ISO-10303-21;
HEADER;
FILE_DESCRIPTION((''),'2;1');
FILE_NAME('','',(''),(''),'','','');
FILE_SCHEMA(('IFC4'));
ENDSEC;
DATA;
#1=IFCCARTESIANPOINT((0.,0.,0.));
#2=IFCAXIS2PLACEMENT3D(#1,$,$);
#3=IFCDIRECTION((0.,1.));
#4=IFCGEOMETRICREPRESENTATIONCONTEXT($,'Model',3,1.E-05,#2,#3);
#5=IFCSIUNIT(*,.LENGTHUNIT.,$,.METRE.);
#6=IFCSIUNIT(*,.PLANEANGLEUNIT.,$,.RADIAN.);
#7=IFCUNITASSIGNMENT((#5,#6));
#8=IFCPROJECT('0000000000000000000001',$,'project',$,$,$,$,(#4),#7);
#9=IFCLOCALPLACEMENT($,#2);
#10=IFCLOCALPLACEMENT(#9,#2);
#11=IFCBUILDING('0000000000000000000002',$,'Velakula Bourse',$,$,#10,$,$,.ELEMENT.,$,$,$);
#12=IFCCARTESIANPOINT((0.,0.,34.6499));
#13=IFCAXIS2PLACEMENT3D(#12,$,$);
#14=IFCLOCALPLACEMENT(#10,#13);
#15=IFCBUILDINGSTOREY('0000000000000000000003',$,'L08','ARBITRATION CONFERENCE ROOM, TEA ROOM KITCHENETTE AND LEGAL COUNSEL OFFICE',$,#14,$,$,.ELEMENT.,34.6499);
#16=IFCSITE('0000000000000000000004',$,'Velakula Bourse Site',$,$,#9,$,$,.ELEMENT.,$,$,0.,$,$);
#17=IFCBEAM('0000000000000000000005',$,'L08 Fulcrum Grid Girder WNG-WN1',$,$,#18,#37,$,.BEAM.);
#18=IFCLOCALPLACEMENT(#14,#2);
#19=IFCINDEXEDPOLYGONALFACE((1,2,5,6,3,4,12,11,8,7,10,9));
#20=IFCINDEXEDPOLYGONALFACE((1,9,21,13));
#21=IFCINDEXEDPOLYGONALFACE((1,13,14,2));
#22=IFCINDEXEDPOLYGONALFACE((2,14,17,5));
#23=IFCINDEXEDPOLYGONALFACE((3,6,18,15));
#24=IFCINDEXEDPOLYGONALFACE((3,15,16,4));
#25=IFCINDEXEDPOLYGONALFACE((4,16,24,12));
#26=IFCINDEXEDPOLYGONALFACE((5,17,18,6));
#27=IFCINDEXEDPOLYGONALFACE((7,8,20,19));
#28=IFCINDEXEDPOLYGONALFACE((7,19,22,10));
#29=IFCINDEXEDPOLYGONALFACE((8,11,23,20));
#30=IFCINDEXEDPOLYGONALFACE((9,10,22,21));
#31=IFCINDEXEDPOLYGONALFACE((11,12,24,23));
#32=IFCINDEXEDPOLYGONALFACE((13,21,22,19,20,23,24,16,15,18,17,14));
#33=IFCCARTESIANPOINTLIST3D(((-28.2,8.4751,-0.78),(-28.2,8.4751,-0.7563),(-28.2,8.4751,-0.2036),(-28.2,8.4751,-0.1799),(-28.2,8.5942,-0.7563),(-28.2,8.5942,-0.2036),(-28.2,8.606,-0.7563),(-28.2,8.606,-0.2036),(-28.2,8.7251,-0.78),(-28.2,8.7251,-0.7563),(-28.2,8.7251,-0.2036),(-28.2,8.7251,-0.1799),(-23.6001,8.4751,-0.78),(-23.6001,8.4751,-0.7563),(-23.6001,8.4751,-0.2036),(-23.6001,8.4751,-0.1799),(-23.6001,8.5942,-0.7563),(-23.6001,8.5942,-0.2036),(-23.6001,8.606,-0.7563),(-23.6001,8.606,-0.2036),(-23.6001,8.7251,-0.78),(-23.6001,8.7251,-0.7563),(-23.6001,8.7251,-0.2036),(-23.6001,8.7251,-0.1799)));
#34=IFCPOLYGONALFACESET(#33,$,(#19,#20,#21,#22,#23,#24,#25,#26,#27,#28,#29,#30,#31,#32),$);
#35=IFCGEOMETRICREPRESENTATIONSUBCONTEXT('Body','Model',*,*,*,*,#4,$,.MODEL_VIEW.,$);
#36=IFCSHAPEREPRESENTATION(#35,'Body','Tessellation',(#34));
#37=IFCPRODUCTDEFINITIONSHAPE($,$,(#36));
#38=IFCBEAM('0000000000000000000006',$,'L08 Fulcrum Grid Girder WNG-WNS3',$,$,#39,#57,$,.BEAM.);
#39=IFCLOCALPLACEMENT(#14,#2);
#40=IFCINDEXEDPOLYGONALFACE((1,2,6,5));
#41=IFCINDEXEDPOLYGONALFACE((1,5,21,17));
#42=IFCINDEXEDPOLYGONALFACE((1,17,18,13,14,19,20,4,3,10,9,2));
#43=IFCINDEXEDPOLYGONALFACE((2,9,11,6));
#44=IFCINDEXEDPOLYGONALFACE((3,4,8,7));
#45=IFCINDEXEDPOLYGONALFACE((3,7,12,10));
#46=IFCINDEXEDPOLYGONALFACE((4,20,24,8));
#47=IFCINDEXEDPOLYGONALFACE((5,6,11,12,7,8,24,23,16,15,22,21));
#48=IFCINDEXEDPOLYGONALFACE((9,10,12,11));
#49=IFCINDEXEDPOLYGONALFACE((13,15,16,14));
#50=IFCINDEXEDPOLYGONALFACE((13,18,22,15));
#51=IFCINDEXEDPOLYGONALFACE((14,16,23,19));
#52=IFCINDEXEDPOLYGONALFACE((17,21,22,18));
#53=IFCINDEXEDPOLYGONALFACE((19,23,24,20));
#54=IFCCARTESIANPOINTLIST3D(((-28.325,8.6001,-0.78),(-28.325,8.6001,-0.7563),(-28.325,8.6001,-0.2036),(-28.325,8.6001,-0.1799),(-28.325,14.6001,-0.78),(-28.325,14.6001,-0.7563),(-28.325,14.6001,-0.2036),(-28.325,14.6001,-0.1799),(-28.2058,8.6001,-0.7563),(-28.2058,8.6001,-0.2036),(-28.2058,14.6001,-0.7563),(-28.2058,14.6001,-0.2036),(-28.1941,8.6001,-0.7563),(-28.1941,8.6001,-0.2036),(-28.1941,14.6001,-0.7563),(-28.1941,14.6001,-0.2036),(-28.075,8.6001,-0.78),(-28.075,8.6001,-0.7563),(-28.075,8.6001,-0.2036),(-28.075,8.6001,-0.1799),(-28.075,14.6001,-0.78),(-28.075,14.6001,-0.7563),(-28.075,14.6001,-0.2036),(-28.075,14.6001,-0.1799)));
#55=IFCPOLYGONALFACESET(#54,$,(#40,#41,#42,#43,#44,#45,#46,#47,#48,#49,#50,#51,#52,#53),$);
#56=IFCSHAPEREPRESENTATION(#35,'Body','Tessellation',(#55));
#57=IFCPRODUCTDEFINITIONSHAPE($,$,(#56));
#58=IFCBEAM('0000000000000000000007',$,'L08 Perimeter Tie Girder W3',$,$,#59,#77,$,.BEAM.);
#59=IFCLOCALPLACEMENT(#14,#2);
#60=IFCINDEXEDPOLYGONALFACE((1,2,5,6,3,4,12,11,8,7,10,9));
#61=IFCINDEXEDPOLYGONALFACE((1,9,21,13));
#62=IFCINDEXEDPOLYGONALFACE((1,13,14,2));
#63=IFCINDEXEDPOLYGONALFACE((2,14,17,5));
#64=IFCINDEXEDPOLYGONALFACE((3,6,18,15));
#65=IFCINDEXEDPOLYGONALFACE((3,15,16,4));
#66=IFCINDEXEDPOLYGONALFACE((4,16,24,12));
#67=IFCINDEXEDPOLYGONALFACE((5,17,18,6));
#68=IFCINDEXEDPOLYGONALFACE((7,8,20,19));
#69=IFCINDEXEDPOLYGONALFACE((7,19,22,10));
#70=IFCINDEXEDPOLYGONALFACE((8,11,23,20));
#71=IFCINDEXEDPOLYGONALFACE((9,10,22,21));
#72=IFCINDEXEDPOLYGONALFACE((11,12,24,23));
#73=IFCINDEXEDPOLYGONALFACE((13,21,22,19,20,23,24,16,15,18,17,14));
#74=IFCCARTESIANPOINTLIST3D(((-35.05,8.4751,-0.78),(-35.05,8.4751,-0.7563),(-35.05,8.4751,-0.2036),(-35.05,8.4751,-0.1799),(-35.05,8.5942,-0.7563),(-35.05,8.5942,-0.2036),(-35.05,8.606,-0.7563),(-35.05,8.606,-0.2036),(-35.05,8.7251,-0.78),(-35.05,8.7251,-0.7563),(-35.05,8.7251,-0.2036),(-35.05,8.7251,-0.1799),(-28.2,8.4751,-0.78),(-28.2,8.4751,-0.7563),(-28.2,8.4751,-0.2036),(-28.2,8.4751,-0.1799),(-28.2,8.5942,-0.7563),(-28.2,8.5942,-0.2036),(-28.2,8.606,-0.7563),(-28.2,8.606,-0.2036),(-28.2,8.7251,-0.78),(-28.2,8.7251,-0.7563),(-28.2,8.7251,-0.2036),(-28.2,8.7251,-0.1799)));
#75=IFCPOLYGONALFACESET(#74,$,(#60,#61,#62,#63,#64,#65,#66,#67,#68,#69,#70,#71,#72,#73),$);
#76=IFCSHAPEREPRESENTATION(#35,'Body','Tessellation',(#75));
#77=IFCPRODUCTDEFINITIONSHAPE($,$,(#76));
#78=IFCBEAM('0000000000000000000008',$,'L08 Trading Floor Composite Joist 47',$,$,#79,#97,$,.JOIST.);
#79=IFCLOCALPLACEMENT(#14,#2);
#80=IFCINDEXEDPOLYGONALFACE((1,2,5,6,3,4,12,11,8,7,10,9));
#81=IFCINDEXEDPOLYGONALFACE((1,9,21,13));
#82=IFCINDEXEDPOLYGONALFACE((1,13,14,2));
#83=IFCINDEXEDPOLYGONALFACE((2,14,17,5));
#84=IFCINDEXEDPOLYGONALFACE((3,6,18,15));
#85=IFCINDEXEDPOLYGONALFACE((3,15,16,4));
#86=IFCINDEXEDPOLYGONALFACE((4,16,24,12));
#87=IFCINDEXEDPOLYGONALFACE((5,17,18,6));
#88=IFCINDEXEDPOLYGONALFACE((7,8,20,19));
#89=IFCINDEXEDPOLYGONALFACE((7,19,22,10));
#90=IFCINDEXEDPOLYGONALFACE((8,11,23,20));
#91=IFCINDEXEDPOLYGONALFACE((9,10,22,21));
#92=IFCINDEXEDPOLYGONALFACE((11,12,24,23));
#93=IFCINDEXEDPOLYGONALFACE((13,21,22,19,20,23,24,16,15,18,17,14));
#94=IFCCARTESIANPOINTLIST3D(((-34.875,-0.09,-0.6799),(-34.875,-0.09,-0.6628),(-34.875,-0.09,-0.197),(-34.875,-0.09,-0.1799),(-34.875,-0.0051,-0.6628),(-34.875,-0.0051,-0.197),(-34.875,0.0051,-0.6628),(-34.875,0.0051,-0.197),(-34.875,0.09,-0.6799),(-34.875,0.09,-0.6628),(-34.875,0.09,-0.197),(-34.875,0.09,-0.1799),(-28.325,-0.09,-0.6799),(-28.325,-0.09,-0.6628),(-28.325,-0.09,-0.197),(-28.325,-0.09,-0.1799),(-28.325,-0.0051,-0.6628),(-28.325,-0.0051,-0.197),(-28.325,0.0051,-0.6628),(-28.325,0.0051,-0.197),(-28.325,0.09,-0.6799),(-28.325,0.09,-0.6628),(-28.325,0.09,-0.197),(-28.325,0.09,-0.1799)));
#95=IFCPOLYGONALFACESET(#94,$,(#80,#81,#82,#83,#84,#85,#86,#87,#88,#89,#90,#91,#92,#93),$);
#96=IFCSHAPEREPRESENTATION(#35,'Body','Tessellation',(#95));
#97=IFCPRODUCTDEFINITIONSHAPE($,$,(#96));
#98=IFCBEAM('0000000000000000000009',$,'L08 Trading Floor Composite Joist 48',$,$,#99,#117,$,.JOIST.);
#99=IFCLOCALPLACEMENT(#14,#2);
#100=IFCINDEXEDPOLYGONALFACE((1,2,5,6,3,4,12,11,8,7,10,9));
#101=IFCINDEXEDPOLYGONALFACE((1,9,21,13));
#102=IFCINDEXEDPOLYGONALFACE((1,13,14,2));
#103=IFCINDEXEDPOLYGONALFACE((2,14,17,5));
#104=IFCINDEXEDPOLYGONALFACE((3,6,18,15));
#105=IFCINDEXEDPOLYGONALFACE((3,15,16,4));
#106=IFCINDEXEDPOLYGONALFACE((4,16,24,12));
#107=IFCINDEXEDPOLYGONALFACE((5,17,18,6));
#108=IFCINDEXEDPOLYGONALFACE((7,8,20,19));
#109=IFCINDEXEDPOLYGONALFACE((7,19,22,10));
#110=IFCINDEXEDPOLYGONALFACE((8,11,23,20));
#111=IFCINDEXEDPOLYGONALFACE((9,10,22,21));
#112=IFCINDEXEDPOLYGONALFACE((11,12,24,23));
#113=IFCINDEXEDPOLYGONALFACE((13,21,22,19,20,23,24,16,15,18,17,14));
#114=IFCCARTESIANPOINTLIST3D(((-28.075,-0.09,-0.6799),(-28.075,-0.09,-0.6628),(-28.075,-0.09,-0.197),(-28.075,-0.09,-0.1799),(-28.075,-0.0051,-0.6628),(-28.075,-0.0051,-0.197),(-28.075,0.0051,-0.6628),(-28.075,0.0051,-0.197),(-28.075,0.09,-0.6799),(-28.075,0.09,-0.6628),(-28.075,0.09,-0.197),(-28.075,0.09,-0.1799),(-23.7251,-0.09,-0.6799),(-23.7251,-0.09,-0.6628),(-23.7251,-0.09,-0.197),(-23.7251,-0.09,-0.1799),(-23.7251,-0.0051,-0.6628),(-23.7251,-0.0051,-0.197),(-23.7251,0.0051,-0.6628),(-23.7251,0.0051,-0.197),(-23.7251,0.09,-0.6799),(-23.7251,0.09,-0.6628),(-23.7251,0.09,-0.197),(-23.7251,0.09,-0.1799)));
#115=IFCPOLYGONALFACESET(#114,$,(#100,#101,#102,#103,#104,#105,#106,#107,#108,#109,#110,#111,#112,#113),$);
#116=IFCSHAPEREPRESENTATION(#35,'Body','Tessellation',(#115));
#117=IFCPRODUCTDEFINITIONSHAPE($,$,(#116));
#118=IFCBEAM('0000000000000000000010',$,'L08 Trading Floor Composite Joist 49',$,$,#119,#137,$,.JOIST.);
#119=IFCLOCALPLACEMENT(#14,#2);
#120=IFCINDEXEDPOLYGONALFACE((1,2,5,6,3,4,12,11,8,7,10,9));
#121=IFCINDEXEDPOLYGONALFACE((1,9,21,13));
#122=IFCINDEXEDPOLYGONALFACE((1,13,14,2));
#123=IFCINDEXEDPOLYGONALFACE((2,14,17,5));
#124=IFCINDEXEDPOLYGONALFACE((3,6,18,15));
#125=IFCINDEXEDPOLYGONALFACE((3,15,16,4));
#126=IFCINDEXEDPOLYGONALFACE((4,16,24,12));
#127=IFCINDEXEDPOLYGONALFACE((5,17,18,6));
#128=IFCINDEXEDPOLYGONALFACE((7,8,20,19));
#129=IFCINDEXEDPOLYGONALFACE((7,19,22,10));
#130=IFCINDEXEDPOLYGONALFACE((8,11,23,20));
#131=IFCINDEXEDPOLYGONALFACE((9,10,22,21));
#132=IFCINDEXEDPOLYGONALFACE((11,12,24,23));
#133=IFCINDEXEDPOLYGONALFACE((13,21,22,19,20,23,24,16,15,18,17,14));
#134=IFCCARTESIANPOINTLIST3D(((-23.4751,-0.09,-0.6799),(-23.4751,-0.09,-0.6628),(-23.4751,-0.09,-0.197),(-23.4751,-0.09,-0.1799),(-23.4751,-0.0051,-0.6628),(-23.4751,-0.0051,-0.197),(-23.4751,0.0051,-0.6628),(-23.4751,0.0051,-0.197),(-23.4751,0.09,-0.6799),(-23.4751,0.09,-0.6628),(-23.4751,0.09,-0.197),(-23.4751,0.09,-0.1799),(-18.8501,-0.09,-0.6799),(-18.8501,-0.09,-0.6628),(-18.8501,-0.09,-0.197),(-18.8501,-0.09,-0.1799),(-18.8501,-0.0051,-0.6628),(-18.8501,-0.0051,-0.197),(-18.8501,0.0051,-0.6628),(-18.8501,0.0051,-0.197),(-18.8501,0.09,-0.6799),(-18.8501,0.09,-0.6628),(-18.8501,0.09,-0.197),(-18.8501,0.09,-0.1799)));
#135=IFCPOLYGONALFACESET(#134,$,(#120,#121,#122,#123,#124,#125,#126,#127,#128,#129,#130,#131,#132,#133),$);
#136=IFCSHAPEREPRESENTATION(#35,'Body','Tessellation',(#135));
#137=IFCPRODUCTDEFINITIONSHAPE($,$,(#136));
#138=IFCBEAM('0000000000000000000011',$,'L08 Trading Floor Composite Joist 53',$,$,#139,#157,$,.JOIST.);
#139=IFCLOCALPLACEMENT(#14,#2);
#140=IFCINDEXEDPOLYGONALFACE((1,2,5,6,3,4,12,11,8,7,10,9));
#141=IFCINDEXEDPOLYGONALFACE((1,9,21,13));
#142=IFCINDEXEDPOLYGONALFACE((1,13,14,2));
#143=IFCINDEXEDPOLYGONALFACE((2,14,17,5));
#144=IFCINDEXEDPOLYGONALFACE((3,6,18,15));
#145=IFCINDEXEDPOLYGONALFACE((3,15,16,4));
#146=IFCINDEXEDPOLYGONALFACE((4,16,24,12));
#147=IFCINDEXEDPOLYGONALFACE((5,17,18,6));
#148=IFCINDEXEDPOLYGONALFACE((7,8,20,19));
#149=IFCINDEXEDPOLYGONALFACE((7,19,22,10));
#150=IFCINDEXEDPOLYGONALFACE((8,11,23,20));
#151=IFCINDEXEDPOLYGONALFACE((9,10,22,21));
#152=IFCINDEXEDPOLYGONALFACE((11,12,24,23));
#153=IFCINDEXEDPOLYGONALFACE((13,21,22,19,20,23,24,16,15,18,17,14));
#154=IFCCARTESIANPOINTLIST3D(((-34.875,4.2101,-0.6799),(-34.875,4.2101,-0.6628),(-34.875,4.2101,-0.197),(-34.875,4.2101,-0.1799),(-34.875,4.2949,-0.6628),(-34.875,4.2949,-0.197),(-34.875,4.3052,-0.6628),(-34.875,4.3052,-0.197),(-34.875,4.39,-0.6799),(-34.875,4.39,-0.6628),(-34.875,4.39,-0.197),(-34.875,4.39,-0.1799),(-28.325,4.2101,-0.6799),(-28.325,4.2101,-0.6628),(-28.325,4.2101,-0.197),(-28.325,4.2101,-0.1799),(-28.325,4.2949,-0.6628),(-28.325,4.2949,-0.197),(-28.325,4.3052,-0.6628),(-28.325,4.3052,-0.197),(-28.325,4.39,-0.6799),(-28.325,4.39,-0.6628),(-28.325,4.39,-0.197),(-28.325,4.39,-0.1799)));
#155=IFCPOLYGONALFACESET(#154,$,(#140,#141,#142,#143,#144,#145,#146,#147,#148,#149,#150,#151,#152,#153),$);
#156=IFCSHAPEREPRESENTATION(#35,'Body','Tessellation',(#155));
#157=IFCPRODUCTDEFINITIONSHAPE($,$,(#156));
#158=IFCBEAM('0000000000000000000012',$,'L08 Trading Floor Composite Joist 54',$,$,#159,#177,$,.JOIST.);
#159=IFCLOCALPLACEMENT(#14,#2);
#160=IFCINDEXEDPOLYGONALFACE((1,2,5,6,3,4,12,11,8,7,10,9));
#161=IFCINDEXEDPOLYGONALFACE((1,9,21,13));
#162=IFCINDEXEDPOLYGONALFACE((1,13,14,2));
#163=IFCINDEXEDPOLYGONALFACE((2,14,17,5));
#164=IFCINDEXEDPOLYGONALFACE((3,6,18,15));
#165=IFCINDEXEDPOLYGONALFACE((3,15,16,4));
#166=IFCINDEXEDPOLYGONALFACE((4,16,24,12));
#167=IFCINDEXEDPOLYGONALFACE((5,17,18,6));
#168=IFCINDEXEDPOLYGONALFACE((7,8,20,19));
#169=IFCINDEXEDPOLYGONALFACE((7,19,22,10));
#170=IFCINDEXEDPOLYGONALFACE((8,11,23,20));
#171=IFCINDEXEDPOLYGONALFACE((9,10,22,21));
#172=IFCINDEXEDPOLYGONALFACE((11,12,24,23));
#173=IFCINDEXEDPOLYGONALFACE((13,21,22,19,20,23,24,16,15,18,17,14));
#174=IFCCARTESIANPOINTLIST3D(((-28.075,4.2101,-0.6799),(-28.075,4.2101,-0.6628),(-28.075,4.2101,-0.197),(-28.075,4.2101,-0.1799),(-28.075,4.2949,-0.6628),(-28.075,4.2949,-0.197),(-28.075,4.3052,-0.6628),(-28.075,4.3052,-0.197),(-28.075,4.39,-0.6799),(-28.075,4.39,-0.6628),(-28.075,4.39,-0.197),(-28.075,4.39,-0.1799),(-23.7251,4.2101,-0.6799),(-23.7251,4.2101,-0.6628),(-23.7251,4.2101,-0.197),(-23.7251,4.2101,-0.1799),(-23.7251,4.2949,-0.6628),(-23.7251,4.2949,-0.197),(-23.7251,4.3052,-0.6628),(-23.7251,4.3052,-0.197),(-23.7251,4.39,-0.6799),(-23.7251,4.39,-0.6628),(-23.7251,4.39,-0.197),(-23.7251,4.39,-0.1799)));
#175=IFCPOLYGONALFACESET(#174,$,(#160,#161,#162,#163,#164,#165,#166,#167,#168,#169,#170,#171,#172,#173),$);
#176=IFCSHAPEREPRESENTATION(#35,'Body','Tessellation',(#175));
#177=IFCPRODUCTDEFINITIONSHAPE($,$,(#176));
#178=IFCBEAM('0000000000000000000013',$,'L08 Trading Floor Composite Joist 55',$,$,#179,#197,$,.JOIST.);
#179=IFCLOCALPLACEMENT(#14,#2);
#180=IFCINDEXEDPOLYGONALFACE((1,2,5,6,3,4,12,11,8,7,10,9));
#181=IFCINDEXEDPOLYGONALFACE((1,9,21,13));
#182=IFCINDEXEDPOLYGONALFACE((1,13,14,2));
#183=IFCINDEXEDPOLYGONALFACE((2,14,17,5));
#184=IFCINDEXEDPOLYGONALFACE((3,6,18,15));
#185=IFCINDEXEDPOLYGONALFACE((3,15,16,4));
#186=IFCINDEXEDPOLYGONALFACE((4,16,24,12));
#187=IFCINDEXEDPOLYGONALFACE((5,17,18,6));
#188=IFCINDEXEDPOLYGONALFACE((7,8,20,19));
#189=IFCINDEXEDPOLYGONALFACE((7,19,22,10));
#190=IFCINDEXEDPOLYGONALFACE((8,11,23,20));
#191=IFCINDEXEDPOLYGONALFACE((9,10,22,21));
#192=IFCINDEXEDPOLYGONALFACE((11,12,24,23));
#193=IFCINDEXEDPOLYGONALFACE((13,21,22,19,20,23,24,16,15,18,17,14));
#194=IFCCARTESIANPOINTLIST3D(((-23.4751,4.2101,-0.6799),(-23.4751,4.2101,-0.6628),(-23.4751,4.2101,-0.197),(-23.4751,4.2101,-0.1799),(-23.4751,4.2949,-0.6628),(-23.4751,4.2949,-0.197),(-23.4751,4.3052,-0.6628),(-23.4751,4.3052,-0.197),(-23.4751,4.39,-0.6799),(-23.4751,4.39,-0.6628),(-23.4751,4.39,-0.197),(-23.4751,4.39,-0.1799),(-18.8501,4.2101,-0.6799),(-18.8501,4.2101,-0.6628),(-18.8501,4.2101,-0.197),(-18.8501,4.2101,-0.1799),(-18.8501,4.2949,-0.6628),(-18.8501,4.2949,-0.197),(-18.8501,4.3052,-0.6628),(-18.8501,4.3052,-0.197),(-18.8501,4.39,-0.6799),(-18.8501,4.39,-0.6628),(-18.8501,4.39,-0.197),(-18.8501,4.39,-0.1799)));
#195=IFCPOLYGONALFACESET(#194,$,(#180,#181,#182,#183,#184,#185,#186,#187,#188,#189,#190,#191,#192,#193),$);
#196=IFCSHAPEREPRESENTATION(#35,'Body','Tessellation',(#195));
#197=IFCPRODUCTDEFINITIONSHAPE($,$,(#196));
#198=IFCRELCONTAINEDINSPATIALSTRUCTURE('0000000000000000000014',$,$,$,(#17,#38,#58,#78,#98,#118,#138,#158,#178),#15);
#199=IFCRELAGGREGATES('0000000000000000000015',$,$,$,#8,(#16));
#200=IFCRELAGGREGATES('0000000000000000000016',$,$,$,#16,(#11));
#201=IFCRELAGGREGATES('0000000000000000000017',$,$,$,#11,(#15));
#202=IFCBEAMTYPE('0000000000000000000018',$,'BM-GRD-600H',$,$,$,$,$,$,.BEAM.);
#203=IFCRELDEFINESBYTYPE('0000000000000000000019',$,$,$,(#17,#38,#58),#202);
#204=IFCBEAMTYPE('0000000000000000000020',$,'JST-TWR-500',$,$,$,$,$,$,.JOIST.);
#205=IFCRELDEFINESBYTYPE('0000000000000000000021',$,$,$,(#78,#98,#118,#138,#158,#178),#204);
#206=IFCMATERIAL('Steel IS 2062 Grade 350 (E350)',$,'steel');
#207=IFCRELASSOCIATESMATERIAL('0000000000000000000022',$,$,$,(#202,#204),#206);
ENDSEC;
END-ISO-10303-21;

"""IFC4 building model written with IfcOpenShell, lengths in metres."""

from ifc_helpers import new_model, si_unit, direction, frame, origin, origin_2d, place, context, subcontext, project, spatial, i_section, extrude, material, material_profile, profile_set, type_object, element, save


model = new_model("IFC4")

# Units and contexts
model_context = context("Model", 3, precision=1e-05, world=origin(), true_north=direction((0.0, 1.0)))
body_context = subcontext(model_context, "Body", "Model", "MODEL_VIEW")
ifc_project = project(units=[si_unit("LENGTHUNIT", "METRE"), si_unit("PLANEANGLEUNIT", "RADIAN")], contexts=[model_context])

# Site, building, storey
site_placement = place(None, origin())
site = spatial("IfcSite", under=ifc_project, at=site_placement, Name="Velakula Bourse Site", CompositionType="ELEMENT", RefElevation=0.0)
building_placement = place(site_placement, origin())
building = spatial("IfcBuilding", under=site, at=building_placement, Name="Velakula Bourse", CompositionType="ELEMENT")
storey_placement = place(building_placement, frame((0.0, 0.0, 34.6499)))
storey = spatial("IfcBuildingStorey", under=building, at=storey_placement, Name="L08", Description="ARBITRATION CONFERENCE ROOM, TEA ROOM KITCHENETTE AND LEGAL COUNSEL OFFICE", CompositionType="ELEMENT", Elevation=34.6499)

# Beams
ifc_material_1 = material(Name="Steel IS 2062 Grade 350 (E350)", Category="steel")
ifc_material_profile_1 = material_profile(ifc_material_1, i_section(OverallWidth=0.25, OverallDepth=0.6001, WebThickness=0.0117, FlangeThickness=0.0237, at=origin_2d()), Name="Steel IS 2062 Grade 350 (E350)")
ifc_profile_set_1 = profile_set([ifc_material_profile_1], Name="Steel IS 2062 Grade 350 (E350)")
beam_type_1 = type_object("IfcBeamType", Name="BM-GRD-600H", PredefinedType="BEAM", material=ifc_profile_set_1)
beam_1_placement = place(storey_placement, frame((-28.2, 8.6001, -0.48), z_axis=(1.0, 0.0, 0.0), x_axis=(0.0, 1.0, 0.0)))
element("IfcBeam", 1, at=beam_1_placement, inside=storey, type_object=beam_type_1, Name="L08 Fulcrum Grid Girder WNG-WN1", PredefinedType="BEAM", context=body_context, shape_type="SweptSolid", body=[
    extrude(i_section(OverallWidth=0.25, OverallDepth=0.6001, WebThickness=0.0117, FlangeThickness=0.0237, at=origin_2d()), origin(), (0.0, 0.0, 1.0), 4.5999),
])
beam_2_placement = place(storey_placement, frame((-28.2, 8.6001, -0.48), z_axis=(0.0, 1.0, 0.0), x_axis=(-1.0, 0.0, 0.0)))
element("IfcBeam", 2, at=beam_2_placement, inside=storey, type_object=beam_type_1, Name="L08 Fulcrum Grid Girder WNG-WNS3", PredefinedType="BEAM", context=body_context, shape_type="SweptSolid", body=[
    extrude(i_section(OverallWidth=0.25, OverallDepth=0.6001, WebThickness=0.0117, FlangeThickness=0.0237, at=origin_2d()), origin(), (0.0, 0.0, 1.0), 6.0),
])
beam_3_placement = place(storey_placement, frame((-28.2, 8.6001, -0.48), z_axis=(-1.0, 0.0, 0.0), x_axis=(0.0, -1.0, 0.0)))
element("IfcBeam", 3, at=beam_3_placement, inside=storey, type_object=beam_type_1, Name="L08 Perimeter Tie Girder W3", PredefinedType="BEAM", context=body_context, shape_type="SweptSolid", body=[
    extrude(i_section(OverallWidth=0.25, OverallDepth=0.6001, WebThickness=0.0117, FlangeThickness=0.0237, at=origin_2d()), origin(), (0.0, 0.0, 1.0), 6.8501),
])
ifc_material_profile_2 = material_profile(ifc_material_1, i_section(OverallWidth=0.1799, OverallDepth=0.5, WebThickness=0.0103, FlangeThickness=0.0171, at=origin_2d()), Name="Steel IS 2062 Grade 350 (E350)")
ifc_profile_set_2 = profile_set([ifc_material_profile_2], Name="Steel IS 2062 Grade 350 (E350)")
beam_type_2 = type_object("IfcBeamType", Name="JST-TWR-500", PredefinedType="JOIST", material=ifc_profile_set_2)
beam_4_placement = place(storey_placement, frame((-34.875, 0.0, -0.4299), z_axis=(1.0, 0.0, 0.0), x_axis=(0.0, 1.0, 0.0)))
element("IfcBeam", 4, at=beam_4_placement, inside=storey, type_object=beam_type_2, Name="L08 Trading Floor Composite Joist 47", PredefinedType="JOIST", context=body_context, shape_type="SweptSolid", body=[
    extrude(i_section(OverallWidth=0.1799, OverallDepth=0.5, WebThickness=0.0103, FlangeThickness=0.0171, at=origin_2d()), origin(), (0.0, 0.0, 1.0), 6.55),
])
beam_5_placement = place(storey_placement, frame((-28.075, 0.0, -0.4299), z_axis=(1.0, 0.0, 0.0), x_axis=(0.0, 1.0, 0.0)))
element("IfcBeam", 5, at=beam_5_placement, inside=storey, type_object=beam_type_2, Name="L08 Trading Floor Composite Joist 48", PredefinedType="JOIST", context=body_context, shape_type="SweptSolid", body=[
    extrude(i_section(OverallWidth=0.1799, OverallDepth=0.5, WebThickness=0.0103, FlangeThickness=0.0171, at=origin_2d()), origin(), (0.0, 0.0, 1.0), 4.3499),
])
beam_6_placement = place(storey_placement, frame((-23.4751, 0.0, -0.4299), z_axis=(1.0, 0.0, 0.0), x_axis=(0.0, 1.0, 0.0)))
element("IfcBeam", 6, at=beam_6_placement, inside=storey, type_object=beam_type_2, Name="L08 Trading Floor Composite Joist 49", PredefinedType="JOIST", context=body_context, shape_type="SweptSolid", body=[
    extrude(i_section(OverallWidth=0.1799, OverallDepth=0.5, WebThickness=0.0103, FlangeThickness=0.0171, at=origin_2d()), origin(), (0.0, 0.0, 1.0), 4.625),
])
beam_7_placement = place(storey_placement, frame((-34.875, 4.3, -0.4299), z_axis=(1.0, 0.0, 0.0), x_axis=(0.0, 1.0, 0.0)))
element("IfcBeam", 7, at=beam_7_placement, inside=storey, type_object=beam_type_2, Name="L08 Trading Floor Composite Joist 53", PredefinedType="JOIST", context=body_context, shape_type="SweptSolid", body=[
    extrude(i_section(OverallWidth=0.1799, OverallDepth=0.5, WebThickness=0.0103, FlangeThickness=0.0171, at=origin_2d()), origin(), (0.0, 0.0, 1.0), 6.55),
])
beam_8_placement = place(storey_placement, frame((-28.075, 4.3, -0.4299), z_axis=(1.0, 0.0, 0.0), x_axis=(0.0, 1.0, 0.0)))
element("IfcBeam", 8, at=beam_8_placement, inside=storey, type_object=beam_type_2, Name="L08 Trading Floor Composite Joist 54", PredefinedType="JOIST", context=body_context, shape_type="SweptSolid", body=[
    extrude(i_section(OverallWidth=0.1799, OverallDepth=0.5, WebThickness=0.0103, FlangeThickness=0.0171, at=origin_2d()), origin(), (0.0, 0.0, 1.0), 4.3499),
])
beam_9_placement = place(storey_placement, frame((-23.4751, 4.3, -0.4299), z_axis=(1.0, 0.0, 0.0), x_axis=(0.0, 1.0, 0.0)))
element("IfcBeam", 9, at=beam_9_placement, inside=storey, type_object=beam_type_2, Name="L08 Trading Floor Composite Joist 55", PredefinedType="JOIST", context=body_context, shape_type="SweptSolid", body=[
    extrude(i_section(OverallWidth=0.1799, OverallDepth=0.5, WebThickness=0.0103, FlangeThickness=0.0171, at=origin_2d()), origin(), (0.0, 0.0, 1.0), 4.625),
])

save(model, "model.ifc")
